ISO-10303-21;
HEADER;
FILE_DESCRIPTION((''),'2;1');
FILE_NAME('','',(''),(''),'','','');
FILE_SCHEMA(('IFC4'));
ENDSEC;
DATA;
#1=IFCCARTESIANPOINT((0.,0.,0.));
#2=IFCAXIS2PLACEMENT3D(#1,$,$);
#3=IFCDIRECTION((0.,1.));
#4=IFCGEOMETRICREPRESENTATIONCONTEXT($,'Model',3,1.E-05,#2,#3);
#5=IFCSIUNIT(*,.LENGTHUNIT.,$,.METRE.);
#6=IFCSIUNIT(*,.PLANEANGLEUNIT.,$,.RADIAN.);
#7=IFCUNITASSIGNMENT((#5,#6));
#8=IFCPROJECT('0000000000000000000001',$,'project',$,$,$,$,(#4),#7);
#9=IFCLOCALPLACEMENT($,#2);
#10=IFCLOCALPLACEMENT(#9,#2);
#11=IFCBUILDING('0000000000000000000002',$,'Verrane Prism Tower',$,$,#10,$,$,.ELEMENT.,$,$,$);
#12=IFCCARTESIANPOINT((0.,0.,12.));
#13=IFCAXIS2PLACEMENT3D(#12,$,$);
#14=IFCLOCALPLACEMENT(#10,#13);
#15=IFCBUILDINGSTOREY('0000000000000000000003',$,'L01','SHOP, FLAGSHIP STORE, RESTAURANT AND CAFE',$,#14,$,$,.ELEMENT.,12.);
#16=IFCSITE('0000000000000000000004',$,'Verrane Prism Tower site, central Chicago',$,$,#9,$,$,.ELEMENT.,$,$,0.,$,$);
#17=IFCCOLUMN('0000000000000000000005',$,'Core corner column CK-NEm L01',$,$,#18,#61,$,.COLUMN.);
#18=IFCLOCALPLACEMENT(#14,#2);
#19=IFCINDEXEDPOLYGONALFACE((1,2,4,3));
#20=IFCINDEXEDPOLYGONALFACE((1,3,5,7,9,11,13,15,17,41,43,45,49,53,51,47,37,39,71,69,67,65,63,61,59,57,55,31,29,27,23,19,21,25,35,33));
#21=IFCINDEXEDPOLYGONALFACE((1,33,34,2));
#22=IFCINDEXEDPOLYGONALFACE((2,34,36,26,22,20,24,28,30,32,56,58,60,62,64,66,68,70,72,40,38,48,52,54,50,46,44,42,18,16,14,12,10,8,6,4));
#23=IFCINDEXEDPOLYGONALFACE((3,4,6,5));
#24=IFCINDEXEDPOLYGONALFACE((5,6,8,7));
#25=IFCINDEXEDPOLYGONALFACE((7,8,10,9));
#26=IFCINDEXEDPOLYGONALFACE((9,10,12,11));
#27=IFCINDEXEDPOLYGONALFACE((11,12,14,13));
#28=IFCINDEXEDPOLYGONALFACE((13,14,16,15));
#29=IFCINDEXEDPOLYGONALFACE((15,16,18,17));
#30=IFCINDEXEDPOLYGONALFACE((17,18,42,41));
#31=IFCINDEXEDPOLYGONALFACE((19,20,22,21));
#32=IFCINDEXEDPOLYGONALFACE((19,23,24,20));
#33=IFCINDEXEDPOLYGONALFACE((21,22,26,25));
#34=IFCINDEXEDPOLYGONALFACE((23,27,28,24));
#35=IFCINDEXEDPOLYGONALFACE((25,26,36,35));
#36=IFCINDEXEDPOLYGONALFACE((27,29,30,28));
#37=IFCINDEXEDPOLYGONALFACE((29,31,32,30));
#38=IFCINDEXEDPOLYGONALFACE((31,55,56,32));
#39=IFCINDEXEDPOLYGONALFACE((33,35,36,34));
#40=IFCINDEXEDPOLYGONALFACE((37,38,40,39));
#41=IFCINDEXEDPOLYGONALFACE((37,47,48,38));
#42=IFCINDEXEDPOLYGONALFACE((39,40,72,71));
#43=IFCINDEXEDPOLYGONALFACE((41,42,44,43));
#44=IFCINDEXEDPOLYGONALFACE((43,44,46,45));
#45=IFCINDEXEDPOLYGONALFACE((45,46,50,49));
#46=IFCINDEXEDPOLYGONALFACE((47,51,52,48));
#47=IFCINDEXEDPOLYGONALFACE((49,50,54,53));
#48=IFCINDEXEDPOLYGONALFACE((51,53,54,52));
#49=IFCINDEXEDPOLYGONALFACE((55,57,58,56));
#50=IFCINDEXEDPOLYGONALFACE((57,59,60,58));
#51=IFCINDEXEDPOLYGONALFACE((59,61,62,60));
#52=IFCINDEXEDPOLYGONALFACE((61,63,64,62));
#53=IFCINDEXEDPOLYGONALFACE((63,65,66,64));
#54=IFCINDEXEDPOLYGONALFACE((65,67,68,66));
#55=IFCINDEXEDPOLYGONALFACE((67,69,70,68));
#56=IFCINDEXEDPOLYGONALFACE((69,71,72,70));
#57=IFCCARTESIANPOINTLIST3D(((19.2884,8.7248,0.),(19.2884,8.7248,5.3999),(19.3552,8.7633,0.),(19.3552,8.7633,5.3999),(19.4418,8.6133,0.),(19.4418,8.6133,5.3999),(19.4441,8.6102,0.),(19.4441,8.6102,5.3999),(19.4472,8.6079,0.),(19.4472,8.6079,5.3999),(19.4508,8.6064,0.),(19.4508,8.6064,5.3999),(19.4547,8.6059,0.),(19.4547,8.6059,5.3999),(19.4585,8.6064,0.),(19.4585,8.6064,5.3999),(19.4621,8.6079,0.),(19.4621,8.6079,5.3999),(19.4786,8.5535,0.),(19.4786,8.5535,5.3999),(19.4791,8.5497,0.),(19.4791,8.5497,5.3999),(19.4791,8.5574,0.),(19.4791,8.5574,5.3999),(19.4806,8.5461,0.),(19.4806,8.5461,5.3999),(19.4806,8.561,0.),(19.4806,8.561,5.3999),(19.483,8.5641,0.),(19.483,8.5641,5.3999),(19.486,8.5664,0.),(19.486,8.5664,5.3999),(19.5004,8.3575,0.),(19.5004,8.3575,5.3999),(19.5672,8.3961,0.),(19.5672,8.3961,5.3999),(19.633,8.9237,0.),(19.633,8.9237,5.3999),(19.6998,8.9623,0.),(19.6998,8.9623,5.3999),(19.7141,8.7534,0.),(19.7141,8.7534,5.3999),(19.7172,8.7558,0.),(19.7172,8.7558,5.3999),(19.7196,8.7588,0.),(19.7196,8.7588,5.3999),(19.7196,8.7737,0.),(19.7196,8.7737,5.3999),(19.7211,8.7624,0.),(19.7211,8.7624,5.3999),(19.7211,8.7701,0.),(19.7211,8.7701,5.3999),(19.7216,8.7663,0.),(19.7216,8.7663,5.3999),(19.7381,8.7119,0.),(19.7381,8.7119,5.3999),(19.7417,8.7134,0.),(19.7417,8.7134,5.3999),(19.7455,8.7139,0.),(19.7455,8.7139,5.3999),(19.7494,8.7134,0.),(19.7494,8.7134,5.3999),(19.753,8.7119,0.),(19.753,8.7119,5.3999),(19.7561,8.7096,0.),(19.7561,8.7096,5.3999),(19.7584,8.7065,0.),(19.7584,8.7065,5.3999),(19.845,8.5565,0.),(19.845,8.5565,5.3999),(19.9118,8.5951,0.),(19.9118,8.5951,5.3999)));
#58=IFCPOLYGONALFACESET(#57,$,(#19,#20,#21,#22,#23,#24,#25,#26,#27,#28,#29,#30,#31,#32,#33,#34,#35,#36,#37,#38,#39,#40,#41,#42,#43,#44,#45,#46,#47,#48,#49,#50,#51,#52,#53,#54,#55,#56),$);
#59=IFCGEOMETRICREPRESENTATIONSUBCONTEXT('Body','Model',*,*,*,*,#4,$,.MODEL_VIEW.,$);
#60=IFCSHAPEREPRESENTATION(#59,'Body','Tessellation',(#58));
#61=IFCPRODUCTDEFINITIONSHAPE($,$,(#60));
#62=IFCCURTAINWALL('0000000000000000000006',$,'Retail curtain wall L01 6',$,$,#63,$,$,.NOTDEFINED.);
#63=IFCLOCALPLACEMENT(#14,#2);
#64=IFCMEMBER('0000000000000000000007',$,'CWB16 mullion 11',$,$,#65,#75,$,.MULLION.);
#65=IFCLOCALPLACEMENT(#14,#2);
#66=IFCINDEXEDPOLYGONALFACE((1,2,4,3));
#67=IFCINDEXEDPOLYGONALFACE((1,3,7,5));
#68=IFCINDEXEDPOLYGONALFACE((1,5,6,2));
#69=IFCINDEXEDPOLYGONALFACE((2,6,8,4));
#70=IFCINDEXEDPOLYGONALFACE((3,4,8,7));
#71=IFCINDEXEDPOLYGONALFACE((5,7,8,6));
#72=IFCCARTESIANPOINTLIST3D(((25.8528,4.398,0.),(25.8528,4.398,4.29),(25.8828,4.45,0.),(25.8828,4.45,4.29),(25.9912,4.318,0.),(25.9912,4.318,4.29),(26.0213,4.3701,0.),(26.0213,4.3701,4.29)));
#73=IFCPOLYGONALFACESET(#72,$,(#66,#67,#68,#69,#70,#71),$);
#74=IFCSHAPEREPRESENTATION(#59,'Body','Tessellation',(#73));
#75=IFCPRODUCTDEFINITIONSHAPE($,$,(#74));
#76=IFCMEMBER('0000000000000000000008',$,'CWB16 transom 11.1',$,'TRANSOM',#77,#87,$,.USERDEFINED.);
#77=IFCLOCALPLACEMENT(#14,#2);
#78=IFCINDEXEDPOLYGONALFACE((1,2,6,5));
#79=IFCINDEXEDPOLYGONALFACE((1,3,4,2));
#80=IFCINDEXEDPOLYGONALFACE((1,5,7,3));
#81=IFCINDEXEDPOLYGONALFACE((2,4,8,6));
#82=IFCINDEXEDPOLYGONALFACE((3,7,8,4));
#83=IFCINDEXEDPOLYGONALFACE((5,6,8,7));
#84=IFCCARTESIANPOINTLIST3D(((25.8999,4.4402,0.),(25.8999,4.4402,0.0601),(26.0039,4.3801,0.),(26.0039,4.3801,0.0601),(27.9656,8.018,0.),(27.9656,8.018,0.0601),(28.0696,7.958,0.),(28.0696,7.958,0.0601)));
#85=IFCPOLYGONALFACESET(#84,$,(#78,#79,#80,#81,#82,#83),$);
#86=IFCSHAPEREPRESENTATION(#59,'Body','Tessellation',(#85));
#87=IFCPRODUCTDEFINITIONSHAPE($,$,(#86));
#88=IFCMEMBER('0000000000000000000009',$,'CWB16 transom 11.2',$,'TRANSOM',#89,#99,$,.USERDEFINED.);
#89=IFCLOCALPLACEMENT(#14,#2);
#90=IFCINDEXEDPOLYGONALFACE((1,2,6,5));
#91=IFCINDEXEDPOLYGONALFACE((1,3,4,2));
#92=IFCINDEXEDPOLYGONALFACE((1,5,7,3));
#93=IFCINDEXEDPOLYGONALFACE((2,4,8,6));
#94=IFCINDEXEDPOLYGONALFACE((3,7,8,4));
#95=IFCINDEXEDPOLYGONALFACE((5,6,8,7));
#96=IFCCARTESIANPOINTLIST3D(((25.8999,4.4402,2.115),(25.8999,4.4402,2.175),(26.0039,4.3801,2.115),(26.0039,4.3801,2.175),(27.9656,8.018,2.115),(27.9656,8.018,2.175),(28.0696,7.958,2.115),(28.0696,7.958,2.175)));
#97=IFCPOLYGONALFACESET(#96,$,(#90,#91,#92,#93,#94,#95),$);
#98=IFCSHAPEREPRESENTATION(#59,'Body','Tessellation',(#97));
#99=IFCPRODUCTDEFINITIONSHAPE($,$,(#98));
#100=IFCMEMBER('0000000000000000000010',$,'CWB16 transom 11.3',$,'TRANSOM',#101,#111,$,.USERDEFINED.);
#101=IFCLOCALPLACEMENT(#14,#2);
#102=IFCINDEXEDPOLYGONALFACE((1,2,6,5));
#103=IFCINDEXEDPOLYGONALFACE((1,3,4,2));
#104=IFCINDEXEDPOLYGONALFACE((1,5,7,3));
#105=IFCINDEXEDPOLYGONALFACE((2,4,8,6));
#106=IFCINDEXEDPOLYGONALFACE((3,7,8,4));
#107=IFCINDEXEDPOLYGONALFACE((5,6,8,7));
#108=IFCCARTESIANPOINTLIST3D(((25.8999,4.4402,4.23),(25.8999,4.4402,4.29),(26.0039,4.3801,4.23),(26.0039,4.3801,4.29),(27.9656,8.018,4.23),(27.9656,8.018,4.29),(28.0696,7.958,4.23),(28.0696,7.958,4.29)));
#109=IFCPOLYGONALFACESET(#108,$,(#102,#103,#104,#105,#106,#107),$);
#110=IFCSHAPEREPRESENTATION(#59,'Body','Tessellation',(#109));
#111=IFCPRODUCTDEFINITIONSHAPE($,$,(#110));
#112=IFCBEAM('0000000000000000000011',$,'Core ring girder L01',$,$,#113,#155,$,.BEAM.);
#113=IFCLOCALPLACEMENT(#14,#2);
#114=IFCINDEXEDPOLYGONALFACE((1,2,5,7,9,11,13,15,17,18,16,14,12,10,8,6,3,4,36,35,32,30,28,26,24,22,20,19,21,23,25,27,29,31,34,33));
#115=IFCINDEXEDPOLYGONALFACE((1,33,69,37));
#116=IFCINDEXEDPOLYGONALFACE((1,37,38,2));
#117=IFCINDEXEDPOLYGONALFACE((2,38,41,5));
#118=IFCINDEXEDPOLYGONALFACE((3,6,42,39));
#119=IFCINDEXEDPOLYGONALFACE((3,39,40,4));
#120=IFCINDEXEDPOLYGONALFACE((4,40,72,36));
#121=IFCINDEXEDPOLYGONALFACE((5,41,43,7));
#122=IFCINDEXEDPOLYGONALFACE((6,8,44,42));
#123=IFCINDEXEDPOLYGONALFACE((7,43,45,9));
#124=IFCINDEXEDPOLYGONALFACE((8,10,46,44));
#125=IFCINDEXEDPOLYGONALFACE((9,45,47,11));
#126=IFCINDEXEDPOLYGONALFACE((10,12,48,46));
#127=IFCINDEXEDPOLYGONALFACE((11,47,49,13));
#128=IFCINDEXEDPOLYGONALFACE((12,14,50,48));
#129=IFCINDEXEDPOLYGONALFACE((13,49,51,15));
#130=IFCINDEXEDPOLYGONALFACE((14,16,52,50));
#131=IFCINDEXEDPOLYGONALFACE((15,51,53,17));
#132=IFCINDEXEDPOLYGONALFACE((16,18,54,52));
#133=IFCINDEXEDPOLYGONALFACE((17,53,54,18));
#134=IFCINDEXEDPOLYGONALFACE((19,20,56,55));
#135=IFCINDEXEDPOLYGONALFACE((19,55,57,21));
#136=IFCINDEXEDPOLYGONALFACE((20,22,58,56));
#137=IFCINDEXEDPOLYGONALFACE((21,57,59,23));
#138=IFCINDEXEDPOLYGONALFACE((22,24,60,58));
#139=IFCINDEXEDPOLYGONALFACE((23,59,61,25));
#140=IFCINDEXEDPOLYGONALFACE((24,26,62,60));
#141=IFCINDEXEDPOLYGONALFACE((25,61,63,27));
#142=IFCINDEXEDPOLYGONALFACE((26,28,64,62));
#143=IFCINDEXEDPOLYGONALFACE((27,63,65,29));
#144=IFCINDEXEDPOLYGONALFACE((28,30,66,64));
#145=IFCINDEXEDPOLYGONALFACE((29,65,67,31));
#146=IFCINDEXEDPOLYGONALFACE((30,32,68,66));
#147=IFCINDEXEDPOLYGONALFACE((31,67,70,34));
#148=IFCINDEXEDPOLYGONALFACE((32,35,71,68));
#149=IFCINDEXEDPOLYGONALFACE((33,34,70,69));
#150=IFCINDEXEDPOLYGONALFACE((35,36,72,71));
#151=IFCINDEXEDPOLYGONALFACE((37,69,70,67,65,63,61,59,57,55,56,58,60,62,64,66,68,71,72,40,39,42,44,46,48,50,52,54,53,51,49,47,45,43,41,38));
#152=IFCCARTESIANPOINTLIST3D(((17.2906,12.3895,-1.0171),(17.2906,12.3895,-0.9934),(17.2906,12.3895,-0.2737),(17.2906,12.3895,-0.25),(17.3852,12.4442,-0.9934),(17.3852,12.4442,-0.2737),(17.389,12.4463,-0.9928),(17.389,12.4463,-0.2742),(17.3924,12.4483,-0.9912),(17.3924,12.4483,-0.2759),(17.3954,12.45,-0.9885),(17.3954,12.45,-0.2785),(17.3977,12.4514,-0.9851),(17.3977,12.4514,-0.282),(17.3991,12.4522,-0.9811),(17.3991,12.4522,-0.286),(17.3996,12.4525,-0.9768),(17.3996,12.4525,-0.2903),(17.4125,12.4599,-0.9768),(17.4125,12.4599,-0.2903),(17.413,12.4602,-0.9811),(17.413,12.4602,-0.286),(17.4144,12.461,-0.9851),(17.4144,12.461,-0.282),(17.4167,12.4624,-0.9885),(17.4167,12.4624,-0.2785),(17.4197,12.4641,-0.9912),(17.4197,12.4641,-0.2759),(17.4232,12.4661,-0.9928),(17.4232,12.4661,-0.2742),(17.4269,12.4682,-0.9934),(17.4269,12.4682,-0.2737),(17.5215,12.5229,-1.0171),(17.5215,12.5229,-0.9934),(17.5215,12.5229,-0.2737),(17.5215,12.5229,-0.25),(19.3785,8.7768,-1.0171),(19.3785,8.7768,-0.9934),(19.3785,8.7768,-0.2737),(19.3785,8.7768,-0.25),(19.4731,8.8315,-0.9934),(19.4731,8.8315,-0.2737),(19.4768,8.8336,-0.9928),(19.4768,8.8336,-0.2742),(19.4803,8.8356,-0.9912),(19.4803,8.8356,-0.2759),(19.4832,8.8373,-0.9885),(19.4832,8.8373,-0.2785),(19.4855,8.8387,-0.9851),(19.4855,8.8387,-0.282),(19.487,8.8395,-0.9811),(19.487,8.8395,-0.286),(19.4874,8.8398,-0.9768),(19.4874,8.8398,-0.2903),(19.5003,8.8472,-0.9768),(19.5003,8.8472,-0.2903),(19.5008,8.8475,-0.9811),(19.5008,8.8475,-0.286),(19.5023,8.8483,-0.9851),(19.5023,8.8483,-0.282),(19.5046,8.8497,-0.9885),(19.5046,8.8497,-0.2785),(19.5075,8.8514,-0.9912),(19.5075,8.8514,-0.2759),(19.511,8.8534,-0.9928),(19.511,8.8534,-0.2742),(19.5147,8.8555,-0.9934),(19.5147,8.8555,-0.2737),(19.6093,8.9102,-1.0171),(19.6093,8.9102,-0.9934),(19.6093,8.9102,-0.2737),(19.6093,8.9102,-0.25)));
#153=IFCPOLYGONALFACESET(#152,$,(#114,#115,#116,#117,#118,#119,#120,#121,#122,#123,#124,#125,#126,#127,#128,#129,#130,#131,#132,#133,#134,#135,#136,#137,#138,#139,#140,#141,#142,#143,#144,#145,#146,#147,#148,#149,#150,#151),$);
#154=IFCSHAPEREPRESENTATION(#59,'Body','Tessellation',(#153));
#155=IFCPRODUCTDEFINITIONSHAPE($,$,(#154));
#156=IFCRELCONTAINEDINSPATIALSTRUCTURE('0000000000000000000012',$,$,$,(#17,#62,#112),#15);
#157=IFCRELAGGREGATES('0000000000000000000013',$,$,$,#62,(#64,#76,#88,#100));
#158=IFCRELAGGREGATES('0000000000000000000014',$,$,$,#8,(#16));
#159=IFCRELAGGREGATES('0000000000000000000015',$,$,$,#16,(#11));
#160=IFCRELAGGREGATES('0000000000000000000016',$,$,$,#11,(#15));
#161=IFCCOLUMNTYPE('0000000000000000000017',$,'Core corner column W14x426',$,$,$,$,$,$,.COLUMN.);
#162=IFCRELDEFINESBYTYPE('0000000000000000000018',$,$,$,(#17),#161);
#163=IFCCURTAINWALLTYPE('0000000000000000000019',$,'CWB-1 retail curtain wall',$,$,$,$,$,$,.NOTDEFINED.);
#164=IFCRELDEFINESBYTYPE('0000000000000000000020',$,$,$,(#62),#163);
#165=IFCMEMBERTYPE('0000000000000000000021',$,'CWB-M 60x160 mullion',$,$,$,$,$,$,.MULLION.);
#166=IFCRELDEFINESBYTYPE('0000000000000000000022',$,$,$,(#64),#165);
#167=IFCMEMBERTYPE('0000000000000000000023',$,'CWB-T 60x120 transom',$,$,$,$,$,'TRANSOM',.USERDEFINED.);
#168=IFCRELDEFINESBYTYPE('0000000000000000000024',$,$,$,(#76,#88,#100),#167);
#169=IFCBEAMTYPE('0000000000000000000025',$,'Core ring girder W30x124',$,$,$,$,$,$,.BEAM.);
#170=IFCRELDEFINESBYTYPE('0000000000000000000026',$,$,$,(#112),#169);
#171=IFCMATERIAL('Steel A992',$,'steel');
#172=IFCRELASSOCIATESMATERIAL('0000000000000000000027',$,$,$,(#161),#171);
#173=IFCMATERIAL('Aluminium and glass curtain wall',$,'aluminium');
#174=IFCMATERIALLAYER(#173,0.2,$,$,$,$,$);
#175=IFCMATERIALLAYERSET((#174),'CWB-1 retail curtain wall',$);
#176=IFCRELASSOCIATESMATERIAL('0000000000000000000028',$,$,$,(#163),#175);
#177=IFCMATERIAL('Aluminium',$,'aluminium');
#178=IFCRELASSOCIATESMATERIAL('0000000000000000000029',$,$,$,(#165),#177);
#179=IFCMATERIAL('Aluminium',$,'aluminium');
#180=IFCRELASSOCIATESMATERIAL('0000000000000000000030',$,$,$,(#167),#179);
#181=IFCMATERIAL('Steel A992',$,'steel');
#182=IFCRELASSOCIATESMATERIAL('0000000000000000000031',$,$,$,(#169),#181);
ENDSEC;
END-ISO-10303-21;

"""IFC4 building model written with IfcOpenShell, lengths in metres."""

from ifc_helpers import new_model, si_unit, direction, frame, origin, origin_2d, place, context, subcontext, project, spatial, rectangle, i_section, extrude, material, layer, layer_set, material_profile, profile_set, type_object, element, aggregate, save


model = new_model("IFC4")

# Units and contexts
model_context = context("Model", 3, precision=1e-05, world=origin(), true_north=direction((0.0, 1.0)))
body_context = subcontext(model_context, "Body", "Model", "MODEL_VIEW")
ifc_project = project(units=[si_unit("LENGTHUNIT", "METRE"), si_unit("PLANEANGLEUNIT", "RADIAN")], contexts=[model_context])

# Site, building, storey
site_placement = place(None, origin())
site = spatial("IfcSite", under=ifc_project, at=site_placement, Name="Verrane Prism Tower site, central Chicago", CompositionType="ELEMENT", RefElevation=0.0)
building_placement = place(site_placement, origin())
building = spatial("IfcBuilding", under=site, at=building_placement, Name="Verrane Prism Tower", CompositionType="ELEMENT")
storey_placement = place(building_placement, frame((0.0, 0.0, 12.0)))
storey = spatial("IfcBuildingStorey", under=building, at=storey_placement, Name="L01", Description="SHOP, FLAGSHIP STORE, RESTAURANT AND CAFE", CompositionType="ELEMENT", Elevation=12.0)

# Column
ifc_material_1 = material(Name="Steel A992", Category="steel")
ifc_material_profile_1 = material_profile(ifc_material_1, i_section(OverallWidth=0.4241, OverallDepth=0.4751, WebThickness=0.0479, FlangeThickness=0.0771, FilletRadius=0.0149, at=origin_2d()), Name="W14x426")
ifc_profile_set_1 = profile_set([ifc_material_profile_1], Name="Steel A992")
column_type = type_object("IfcColumnType", Name="Core corner column W14x426", PredefinedType="COLUMN", material=ifc_profile_set_1)
column_placement = place(storey_placement, frame((19.6001, 8.6599, 0.0), z_axis=(0.0, 0.0, 1.0), x_axis=(0.5, -0.866025, 0.0)))
element("IfcColumn", 1, at=column_placement, inside=storey, type_object=column_type, Name="Core corner column CK-NEm L01", PredefinedType="COLUMN", context=body_context, shape_type="SweptSolid", body=[
    extrude(i_section(OverallWidth=0.4241, OverallDepth=0.4751, WebThickness=0.0479, FlangeThickness=0.0771, FilletRadius=0.0149, at=origin_2d()), origin(), (0.0, 0.0, 1.0), 5.3999),
])

# Curtain wall, members
ifc_material_2 = material(Name="Aluminium and glass curtain wall", Category="aluminium")
ifc_layer_1 = layer(ifc_material_2, 0.2)
ifc_layer_set_1 = layer_set([ifc_layer_1], Name="CWB-1 retail curtain wall")
curtain_wall_type = type_object("IfcCurtainWallType", Name="CWB-1 retail curtain wall", PredefinedType="NOTDEFINED", material=ifc_layer_set_1)
curtain_wall_placement = place(storey_placement, origin())
curtain_wall = element("IfcCurtainWall", 2, at=curtain_wall_placement, inside=storey, type_object=curtain_wall_type, Name="Retail curtain wall L01 6", PredefinedType="NOTDEFINED")
ifc_material_3 = material(Name="Aluminium", Category="aluminium")
ifc_material_profile_2 = material_profile(ifc_material_3, rectangle(XDim=0.1599, YDim=0.0601, at=origin_2d()), Name="CWB-M 60x160 mullion")
ifc_profile_set_2 = profile_set([ifc_material_profile_2], Name="Aluminium")
member_type_1 = type_object("IfcMemberType", Name="CWB-M 60x160 mullion", PredefinedType="MULLION", material=ifc_profile_set_2)
member_1_placement = place(storey_placement, frame((25.937, 4.384, 0.0), z_axis=(0.0, 0.0, 1.0), x_axis=(-0.866025, 0.5, 0.0)))
member_1 = element("IfcMember", 3, at=member_1_placement, type_object=member_type_1, Name="CWB16 mullion 11", PredefinedType="MULLION", context=body_context, shape_type="SweptSolid", body=[
    extrude(rectangle(XDim=0.1599, YDim=0.0601, at=origin_2d()), origin(), (0.0, 0.0, 1.0), 4.29),
])
ifc_material_4 = material(Name="Aluminium", Category="aluminium")
ifc_material_profile_3 = material_profile(ifc_material_4, rectangle(XDim=0.1201, YDim=0.0601, at=origin_2d()), Name="CWB-T 60x120 transom")
ifc_profile_set_3 = profile_set([ifc_material_profile_3], Name="Aluminium")
member_type_2 = type_object("IfcMemberType", Name="CWB-T 60x120 transom", ElementType="TRANSOM", PredefinedType="USERDEFINED", material=ifc_profile_set_3)
member_2_placement = place(storey_placement, frame((25.9519, 4.4102, 0.03), z_axis=(0.499997, 0.866027, 0.0), x_axis=(-0.866027, 0.499997, 0.0)))
member_2 = element("IfcMember", 4, at=member_2_placement, type_object=member_type_2, Name="CWB16 transom 11.1", ObjectType="TRANSOM", PredefinedType="USERDEFINED", context=body_context, shape_type="SweptSolid", body=[
    extrude(rectangle(XDim=0.1201, YDim=0.0601, at=origin_2d()), origin(), (0.0, 0.0, 1.0), 4.1313),
])
member_3_placement = place(storey_placement, frame((25.9519, 4.4102, 2.145), z_axis=(0.499997, 0.866027, 0.0), x_axis=(-0.866027, 0.499997, 0.0)))
member_3 = element("IfcMember", 5, at=member_3_placement, type_object=member_type_2, Name="CWB16 transom 11.2", ObjectType="TRANSOM", PredefinedType="USERDEFINED", context=body_context, shape_type="SweptSolid", body=[
    extrude(rectangle(XDim=0.1201, YDim=0.0601, at=origin_2d()), origin(), (0.0, 0.0, 1.0), 4.1313),
])
member_4_placement = place(storey_placement, frame((25.9519, 4.4102, 4.26), z_axis=(0.499997, 0.866027, 0.0), x_axis=(-0.866027, 0.499997, 0.0)))
member_4 = element("IfcMember", 6, at=member_4_placement, type_object=member_type_2, Name="CWB16 transom 11.3", ObjectType="TRANSOM", PredefinedType="USERDEFINED", context=body_context, shape_type="SweptSolid", body=[
    extrude(rectangle(XDim=0.1201, YDim=0.0601, at=origin_2d()), origin(), (0.0, 0.0, 1.0), 4.1313),
])

# Beam
ifc_material_5 = material(Name="Steel A992", Category="steel")
ifc_material_profile_4 = material_profile(ifc_material_5, i_section(OverallWidth=0.2666, OverallDepth=0.7671, WebThickness=0.0149, FlangeThickness=0.0237, FilletRadius=0.0166, at=origin_2d()), Name="W30x124")
ifc_profile_set_4 = profile_set([ifc_material_profile_4], Name="Steel A992")
beam_type_1 = type_object("IfcBeamType", Name="Core ring girder W30x124", PredefinedType="BEAM", material=ifc_profile_set_4)
beam_1_placement = place(storey_placement, frame((19.4939, 8.8435, -0.6335), z_axis=(-0.500367, 0.865813, 0.0), x_axis=(-0.865813, -0.500367, 0.0)))
element("IfcBeam", 7, at=beam_1_placement, inside=storey, type_object=beam_type_1, Name="Core ring girder L01", PredefinedType="BEAM", context=body_context, shape_type="SweptSolid", body=[
    extrude(i_section(OverallWidth=0.2666, OverallDepth=0.7671, WebThickness=0.0149, FlangeThickness=0.0237, FilletRadius=0.0166, at=origin_2d()), origin(), (0.0, 0.0, 1.0), 4.1726),
])

aggregate(curtain_wall, [member_1, member_2, member_3, member_4])

save(model, "model.ifc")
